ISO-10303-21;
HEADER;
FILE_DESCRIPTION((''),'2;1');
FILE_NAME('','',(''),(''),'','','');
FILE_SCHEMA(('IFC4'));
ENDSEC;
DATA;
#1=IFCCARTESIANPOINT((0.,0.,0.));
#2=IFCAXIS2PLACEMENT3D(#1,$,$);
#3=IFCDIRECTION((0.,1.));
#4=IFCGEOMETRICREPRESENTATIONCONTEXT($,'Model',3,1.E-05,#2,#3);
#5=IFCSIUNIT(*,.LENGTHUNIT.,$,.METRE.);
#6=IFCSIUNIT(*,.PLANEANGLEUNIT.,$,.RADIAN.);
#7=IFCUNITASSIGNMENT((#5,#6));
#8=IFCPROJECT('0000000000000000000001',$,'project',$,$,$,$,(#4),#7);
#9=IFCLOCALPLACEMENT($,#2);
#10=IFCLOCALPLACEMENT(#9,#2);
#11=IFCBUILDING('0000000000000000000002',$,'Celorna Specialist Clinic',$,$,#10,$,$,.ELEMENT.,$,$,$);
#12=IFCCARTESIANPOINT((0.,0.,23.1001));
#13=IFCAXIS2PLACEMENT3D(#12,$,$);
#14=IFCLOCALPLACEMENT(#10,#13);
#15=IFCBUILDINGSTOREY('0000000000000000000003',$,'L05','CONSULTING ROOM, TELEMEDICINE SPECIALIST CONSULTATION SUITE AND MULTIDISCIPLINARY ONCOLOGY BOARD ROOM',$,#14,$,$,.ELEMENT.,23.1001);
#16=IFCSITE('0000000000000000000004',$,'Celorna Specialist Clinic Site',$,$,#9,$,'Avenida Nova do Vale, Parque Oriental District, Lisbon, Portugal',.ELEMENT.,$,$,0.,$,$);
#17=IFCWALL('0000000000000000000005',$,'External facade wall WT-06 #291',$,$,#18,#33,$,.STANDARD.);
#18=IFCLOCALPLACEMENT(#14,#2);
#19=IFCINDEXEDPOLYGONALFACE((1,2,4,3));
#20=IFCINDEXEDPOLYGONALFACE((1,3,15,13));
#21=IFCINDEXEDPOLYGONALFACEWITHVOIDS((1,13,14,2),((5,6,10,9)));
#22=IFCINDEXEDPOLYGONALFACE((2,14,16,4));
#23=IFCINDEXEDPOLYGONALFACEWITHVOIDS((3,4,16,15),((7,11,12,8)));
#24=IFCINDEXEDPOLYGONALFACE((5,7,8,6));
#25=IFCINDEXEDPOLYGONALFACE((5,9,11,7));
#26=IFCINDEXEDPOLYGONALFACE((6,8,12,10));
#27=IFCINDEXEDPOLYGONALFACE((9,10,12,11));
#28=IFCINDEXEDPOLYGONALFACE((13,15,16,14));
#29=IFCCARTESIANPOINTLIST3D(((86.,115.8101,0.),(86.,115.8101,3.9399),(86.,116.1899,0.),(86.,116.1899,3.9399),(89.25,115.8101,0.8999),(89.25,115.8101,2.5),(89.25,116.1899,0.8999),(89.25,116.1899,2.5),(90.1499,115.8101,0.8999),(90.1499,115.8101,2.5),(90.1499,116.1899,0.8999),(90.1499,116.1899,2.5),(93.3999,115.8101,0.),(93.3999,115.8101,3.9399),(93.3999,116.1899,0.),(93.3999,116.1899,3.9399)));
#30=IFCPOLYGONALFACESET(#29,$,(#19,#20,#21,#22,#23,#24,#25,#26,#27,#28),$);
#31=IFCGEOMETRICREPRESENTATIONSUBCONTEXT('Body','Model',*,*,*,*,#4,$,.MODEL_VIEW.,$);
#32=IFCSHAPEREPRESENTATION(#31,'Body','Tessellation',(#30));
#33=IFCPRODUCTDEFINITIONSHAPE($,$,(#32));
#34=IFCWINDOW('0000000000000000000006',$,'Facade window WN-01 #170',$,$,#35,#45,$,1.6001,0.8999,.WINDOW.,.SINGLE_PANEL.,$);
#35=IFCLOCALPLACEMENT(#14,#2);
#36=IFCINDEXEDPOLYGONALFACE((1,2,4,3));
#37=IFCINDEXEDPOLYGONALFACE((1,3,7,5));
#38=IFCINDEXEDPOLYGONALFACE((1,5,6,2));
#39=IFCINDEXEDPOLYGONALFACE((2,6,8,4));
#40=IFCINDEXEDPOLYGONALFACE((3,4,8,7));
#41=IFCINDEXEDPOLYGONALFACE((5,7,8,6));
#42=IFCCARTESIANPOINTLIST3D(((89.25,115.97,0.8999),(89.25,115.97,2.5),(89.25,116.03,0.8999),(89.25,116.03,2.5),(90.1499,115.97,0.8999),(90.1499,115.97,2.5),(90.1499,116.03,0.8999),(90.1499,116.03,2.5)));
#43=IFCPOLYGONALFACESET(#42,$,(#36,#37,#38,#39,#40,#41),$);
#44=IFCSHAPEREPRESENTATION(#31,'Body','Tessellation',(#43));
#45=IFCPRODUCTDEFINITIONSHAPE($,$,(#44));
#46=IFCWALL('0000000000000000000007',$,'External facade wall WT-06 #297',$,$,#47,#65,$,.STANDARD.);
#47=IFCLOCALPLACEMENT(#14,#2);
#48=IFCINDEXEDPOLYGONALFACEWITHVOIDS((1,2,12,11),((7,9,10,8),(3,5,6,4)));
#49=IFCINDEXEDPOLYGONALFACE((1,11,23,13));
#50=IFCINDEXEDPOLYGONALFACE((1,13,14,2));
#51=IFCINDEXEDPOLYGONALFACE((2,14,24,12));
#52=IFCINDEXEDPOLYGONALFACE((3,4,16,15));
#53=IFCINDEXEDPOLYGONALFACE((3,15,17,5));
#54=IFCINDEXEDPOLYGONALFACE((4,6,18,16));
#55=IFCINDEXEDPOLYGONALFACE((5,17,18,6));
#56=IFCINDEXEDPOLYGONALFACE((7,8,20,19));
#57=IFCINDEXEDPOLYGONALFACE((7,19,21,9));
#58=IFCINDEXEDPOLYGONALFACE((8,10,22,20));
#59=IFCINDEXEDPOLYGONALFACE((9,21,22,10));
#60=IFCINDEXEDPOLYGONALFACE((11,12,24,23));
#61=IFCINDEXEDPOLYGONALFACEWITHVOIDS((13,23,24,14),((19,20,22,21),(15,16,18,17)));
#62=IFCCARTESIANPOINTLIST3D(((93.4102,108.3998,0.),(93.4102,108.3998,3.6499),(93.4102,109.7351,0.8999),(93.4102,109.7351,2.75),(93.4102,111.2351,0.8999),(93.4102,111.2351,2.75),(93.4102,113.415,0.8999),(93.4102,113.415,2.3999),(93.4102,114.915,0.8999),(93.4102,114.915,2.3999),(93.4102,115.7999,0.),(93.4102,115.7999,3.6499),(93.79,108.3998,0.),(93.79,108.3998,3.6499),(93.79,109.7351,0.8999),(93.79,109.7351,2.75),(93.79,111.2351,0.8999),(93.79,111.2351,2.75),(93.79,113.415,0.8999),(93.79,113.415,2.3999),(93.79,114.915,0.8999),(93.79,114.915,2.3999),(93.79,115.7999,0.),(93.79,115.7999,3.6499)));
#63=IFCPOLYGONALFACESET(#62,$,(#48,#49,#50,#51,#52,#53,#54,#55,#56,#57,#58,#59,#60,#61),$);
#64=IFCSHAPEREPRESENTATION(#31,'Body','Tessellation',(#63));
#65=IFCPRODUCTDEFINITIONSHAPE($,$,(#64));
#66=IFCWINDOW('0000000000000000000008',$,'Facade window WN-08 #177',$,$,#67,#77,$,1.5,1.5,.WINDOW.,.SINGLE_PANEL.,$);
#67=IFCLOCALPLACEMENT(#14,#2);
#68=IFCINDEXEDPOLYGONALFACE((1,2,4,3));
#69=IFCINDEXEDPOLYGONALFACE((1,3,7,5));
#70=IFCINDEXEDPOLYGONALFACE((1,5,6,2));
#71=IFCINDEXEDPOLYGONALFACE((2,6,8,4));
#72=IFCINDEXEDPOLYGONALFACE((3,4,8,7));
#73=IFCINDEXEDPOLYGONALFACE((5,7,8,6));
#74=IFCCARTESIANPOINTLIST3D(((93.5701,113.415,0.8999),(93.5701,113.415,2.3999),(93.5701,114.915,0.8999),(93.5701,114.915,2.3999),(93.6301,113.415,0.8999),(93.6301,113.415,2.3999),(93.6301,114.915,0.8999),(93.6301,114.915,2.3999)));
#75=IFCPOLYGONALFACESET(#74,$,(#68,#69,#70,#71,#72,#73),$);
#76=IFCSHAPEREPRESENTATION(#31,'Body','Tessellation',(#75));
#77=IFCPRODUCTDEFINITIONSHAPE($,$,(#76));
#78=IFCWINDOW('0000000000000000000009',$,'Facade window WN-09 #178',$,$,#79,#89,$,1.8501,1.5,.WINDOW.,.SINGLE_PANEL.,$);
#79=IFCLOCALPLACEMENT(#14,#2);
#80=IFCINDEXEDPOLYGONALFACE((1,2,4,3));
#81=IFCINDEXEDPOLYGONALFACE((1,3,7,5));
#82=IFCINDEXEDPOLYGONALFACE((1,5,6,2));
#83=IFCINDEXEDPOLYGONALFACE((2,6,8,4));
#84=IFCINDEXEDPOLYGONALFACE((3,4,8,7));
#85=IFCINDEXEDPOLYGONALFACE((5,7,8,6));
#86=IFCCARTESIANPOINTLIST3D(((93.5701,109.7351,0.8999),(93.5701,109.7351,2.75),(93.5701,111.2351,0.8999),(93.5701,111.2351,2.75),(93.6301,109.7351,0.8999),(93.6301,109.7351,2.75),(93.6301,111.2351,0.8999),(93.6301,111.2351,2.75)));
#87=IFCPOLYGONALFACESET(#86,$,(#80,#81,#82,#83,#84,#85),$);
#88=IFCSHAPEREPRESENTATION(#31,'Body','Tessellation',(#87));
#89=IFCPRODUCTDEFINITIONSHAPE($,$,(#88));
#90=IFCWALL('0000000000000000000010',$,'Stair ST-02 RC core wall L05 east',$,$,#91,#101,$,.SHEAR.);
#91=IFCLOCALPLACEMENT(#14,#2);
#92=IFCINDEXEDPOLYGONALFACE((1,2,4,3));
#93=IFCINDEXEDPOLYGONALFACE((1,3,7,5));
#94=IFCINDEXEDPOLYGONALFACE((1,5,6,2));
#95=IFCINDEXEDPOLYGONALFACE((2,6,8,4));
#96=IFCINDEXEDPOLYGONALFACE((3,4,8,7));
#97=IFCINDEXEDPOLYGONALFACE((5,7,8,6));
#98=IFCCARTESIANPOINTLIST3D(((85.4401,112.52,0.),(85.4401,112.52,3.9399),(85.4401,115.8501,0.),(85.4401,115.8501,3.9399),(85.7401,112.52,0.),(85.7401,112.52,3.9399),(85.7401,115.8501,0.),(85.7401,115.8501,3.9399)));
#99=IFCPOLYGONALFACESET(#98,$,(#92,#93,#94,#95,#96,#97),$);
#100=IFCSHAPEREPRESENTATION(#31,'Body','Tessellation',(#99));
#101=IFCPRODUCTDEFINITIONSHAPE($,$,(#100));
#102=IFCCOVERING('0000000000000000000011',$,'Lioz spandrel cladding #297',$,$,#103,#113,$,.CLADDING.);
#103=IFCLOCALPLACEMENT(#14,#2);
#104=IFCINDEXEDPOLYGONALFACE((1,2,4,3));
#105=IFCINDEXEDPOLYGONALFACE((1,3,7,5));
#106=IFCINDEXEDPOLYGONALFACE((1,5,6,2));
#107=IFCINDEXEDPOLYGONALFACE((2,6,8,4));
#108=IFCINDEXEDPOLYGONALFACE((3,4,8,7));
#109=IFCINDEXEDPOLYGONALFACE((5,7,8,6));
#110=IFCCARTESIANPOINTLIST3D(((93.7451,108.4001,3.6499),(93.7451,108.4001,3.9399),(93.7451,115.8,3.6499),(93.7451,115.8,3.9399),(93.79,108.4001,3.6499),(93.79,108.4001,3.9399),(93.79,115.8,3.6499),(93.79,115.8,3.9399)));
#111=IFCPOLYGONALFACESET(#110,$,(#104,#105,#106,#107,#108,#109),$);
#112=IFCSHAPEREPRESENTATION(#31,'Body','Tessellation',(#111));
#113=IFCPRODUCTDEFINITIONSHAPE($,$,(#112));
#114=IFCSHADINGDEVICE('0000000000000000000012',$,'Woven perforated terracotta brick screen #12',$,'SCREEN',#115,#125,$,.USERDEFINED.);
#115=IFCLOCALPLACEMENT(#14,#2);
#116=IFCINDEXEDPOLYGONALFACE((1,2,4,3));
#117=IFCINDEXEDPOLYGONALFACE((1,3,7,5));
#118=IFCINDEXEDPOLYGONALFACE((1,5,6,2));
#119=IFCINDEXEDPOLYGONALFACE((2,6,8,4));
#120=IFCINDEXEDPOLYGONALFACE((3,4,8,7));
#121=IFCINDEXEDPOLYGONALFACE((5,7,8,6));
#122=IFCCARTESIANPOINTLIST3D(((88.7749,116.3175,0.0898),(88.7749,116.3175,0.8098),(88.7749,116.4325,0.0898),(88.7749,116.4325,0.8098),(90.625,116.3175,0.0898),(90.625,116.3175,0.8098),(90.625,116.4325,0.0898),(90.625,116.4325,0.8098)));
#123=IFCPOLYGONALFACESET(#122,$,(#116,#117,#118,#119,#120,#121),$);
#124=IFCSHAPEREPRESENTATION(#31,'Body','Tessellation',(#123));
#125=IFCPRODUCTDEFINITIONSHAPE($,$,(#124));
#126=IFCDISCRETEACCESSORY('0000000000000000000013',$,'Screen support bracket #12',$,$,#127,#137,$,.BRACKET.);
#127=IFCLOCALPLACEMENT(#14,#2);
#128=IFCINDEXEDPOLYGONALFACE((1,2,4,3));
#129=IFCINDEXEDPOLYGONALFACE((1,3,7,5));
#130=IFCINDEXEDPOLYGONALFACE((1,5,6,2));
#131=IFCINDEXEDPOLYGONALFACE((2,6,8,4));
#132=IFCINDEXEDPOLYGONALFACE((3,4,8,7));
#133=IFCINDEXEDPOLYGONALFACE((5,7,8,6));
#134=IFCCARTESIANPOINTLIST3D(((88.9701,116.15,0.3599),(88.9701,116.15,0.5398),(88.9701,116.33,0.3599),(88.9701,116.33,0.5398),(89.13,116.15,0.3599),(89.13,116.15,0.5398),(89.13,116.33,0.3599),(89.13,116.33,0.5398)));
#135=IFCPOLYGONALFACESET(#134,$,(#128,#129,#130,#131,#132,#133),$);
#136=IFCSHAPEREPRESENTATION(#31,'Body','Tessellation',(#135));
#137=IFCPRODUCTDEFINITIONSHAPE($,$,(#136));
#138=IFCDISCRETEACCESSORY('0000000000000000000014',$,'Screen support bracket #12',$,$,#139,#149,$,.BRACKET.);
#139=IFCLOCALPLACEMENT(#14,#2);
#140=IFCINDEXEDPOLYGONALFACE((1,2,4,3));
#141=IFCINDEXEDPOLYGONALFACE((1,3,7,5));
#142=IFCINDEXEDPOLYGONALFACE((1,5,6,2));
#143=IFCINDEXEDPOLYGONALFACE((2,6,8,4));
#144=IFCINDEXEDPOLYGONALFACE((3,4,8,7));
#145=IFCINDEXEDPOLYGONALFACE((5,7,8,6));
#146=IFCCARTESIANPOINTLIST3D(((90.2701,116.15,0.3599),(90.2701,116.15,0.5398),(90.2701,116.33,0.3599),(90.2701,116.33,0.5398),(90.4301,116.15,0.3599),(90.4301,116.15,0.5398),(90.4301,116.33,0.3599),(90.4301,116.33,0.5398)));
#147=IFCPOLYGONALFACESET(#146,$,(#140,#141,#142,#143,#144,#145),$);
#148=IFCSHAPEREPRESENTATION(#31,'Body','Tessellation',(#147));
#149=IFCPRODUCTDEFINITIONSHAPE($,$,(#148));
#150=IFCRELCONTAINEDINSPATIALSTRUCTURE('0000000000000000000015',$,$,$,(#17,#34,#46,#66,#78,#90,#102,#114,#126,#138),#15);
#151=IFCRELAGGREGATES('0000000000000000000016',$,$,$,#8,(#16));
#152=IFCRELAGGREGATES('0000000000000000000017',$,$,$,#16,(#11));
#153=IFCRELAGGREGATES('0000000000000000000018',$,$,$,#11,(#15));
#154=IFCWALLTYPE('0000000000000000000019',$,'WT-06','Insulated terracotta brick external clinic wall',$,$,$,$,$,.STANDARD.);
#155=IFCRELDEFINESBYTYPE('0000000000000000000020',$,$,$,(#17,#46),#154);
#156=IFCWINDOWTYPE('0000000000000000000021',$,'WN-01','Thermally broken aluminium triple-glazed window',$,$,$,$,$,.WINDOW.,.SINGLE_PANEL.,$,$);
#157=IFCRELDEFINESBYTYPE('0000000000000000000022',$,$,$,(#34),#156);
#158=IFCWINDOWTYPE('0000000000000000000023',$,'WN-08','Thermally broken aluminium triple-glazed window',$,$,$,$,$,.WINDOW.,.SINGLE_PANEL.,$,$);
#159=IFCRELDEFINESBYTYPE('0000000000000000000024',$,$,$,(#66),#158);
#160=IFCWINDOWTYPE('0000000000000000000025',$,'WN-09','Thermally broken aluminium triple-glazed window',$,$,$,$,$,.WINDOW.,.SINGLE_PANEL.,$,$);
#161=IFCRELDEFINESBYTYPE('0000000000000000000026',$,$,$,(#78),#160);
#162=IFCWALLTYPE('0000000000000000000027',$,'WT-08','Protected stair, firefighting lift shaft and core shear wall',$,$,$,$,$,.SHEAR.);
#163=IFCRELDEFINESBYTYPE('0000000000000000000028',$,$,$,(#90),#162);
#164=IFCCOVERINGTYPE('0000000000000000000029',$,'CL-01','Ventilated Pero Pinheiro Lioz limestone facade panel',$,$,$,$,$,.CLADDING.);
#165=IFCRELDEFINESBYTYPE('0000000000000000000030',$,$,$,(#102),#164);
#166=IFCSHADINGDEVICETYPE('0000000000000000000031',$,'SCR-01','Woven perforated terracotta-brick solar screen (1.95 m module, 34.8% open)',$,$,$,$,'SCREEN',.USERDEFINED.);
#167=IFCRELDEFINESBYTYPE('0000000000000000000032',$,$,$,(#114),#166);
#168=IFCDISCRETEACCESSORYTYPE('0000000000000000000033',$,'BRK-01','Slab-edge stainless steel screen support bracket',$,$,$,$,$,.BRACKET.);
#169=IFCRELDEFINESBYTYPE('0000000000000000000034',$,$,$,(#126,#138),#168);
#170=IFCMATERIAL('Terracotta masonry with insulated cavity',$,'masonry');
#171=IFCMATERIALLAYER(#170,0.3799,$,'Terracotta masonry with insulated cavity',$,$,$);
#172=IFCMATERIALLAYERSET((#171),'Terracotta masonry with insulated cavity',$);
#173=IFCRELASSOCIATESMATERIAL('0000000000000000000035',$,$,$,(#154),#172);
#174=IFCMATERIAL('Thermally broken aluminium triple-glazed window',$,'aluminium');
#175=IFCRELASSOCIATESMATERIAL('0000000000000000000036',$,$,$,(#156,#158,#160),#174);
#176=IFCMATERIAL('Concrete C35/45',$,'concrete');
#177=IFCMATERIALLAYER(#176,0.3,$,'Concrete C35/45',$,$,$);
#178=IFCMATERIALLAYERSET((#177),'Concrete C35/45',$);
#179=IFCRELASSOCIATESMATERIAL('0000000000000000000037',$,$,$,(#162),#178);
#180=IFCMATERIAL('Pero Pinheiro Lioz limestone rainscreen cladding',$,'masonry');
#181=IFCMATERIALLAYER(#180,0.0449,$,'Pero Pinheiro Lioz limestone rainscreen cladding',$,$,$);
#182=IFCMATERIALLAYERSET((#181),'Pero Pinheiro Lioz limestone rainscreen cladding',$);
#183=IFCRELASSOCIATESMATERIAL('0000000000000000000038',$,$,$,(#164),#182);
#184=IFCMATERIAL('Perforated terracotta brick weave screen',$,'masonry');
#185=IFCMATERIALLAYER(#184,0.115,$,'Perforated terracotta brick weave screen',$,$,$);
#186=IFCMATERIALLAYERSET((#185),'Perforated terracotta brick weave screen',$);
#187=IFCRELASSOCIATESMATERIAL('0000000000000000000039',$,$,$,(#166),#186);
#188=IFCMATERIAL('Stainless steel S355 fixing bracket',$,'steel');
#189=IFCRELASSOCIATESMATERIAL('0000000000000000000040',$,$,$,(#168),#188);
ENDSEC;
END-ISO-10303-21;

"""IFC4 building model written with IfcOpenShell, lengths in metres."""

from ifc_helpers import new_model, si_unit, direction, frame, frame_2d, origin, origin_2d, place, context, subcontext, project, spatial, rectangle, extrude, material, layer, layer_set, type_object, element, fill, save


model = new_model("IFC4")

# Units and contexts
model_context = context("Model", 3, precision=1e-05, world=origin(), true_north=direction((0.0, 1.0)))
body_context = subcontext(model_context, "Body", "Model", "MODEL_VIEW")
ifc_project = project(units=[si_unit("LENGTHUNIT", "METRE"), si_unit("PLANEANGLEUNIT", "RADIAN")], contexts=[model_context])

# Site, building, storey
site_placement = place(None, origin())
site = spatial("IfcSite", under=ifc_project, at=site_placement, Name="Celorna Specialist Clinic Site", LongName="Avenida Nova do Vale, Parque Oriental District, Lisbon, Portugal", CompositionType="ELEMENT", RefElevation=0.0)
building_placement = place(site_placement, origin())
building = spatial("IfcBuilding", under=site, at=building_placement, Name="Celorna Specialist Clinic", CompositionType="ELEMENT")
storey_placement = place(building_placement, frame((0.0, 0.0, 23.1001)))
storey = spatial("IfcBuildingStorey", under=building, at=storey_placement, Name="L05", Description="CONSULTING ROOM, TELEMEDICINE SPECIALIST CONSULTATION SUITE AND MULTIDISCIPLINARY ONCOLOGY BOARD ROOM", CompositionType="ELEMENT", Elevation=23.1001)

# Shared definitions
ifc_material_1 = material(Name="Concrete C35/45", Category="concrete")

# Wall, opening, window
ifc_material_2 = material(Name="Terracotta masonry with insulated cavity", Category="masonry")
ifc_layer_1 = layer(ifc_material_2, 0.3799, Name="Terracotta masonry with insulated cavity")
ifc_layer_set_1 = layer_set([ifc_layer_1], Name="Terracotta masonry with insulated cavity")
wall_type_1 = type_object("IfcWallType", Name="WT-06", Description="Insulated terracotta brick external clinic wall", PredefinedType="STANDARD", material=ifc_layer_set_1)
wall_1_placement = place(storey_placement, frame((86.0, 116.0, 0.0), z_axis=(0.0, 0.0, 1.0), x_axis=(1.0, 0.0, 0.0)))
wall_1 = element("IfcWall", 1, at=wall_1_placement, inside=storey, type_object=wall_type_1, Name="External facade wall WT-06 #291", PredefinedType="STANDARD", context=body_context, shape_type="SweptSolid", body=[
    extrude(rectangle(XDim=7.3999, YDim=0.3799, at=frame_2d((3.7, 0.0))), origin(), (0.0, 0.0, 1.0), 3.9399),
])
opening_1_placement = place(wall_1_placement, frame((3.25, 0.0, 0.8999)))
opening_1 = element("IfcOpeningElement", 2, at=opening_1_placement, cuts=wall_1, PredefinedType="OPENING", context=body_context, shape_type="SweptSolid", body=[
    extrude(rectangle(XDim=0.8999, YDim=1.6001, at=frame_2d((0.45, 0.8))), frame((0.0, 0.2, 0.0), z_axis=(0.0, -1.0, 0.0), x_axis=(1.0, 0.0, 0.0)), (0.0, 0.0, 1.0), 0.3999),
])
ifc_material_3 = material(Name="Thermally broken aluminium triple-glazed window", Category="aluminium")
window_type_1 = type_object("IfcWindowType", Name="WN-01", Description="Thermally broken aluminium triple-glazed window", PartitioningType="SINGLE_PANEL", PredefinedType="WINDOW", material=ifc_material_3)
window_1_placement = place(opening_1_placement, origin())
window_1 = element("IfcWindow", 3, at=window_1_placement, inside=storey, type_object=window_type_1, Name="Facade window WN-01 #170", OverallHeight=1.6001, OverallWidth=0.8999, PartitioningType="SINGLE_PANEL", PredefinedType="WINDOW", context=body_context, shape_type="SweptSolid", body=[
    extrude(rectangle(XDim=0.8999, YDim=1.6001, at=frame_2d((0.45, 0.8))), frame((0.0, 0.03, 0.0), z_axis=(0.0, -1.0, 0.0), x_axis=(1.0, 0.0, 0.0)), (0.0, 0.0, 1.0), 0.0601),
])
fill(opening_1, window_1)

# Wall, openings, windows
wall_2_placement = place(storey_placement, frame((93.6001, 115.8, 0.0), z_axis=(0.0, 0.0, 1.0), x_axis=(0.0, -1.0, 0.0)))
wall_2 = element("IfcWall", 4, at=wall_2_placement, inside=storey, type_object=wall_type_1, Name="External facade wall WT-06 #297", PredefinedType="STANDARD", context=body_context, shape_type="SweptSolid", body=[
    extrude(rectangle(XDim=7.4001, YDim=0.3799, at=frame_2d((3.7002, 0.0))), origin(), (0.0, 0.0, 1.0), 3.6499),
])
opening_2_placement = place(wall_2_placement, frame((0.885, 0.0, 0.8999)))
opening_2 = element("IfcOpeningElement", 5, at=opening_2_placement, cuts=wall_2, PredefinedType="OPENING", context=body_context, shape_type="SweptSolid", body=[
    extrude(rectangle(XDim=1.5, YDim=1.5, at=frame_2d((0.75, 0.75))), frame((0.0, 0.2, 0.0), z_axis=(0.0, -1.0, 0.0), x_axis=(1.0, 0.0, 0.0)), (0.0, 0.0, 1.0), 0.3999),
])
opening_3_placement = place(wall_2_placement, frame((4.5649, 0.0, 0.8999)))
opening_3 = element("IfcOpeningElement", 6, at=opening_3_placement, cuts=wall_2, PredefinedType="OPENING", context=body_context, shape_type="SweptSolid", body=[
    extrude(rectangle(XDim=1.5, YDim=1.8501, at=frame_2d((0.75, 0.925))), frame((0.0, 0.2, 0.0), z_axis=(0.0, -1.0, 0.0), x_axis=(1.0, 0.0, 0.0)), (0.0, 0.0, 1.0), 0.3999),
])
window_type_2 = type_object("IfcWindowType", Name="WN-08", Description="Thermally broken aluminium triple-glazed window", PartitioningType="SINGLE_PANEL", PredefinedType="WINDOW", material=ifc_material_3)
window_2_placement = place(opening_2_placement, origin())
window_2 = element("IfcWindow", 7, at=window_2_placement, inside=storey, type_object=window_type_2, Name="Facade window WN-08 #177", OverallHeight=1.5, OverallWidth=1.5, PartitioningType="SINGLE_PANEL", PredefinedType="WINDOW", context=body_context, shape_type="SweptSolid", body=[
    extrude(rectangle(XDim=1.5, YDim=1.5, at=frame_2d((0.75, 0.75))), frame((0.0, 0.03, 0.0), z_axis=(0.0, -1.0, 0.0), x_axis=(1.0, 0.0, 0.0)), (0.0, 0.0, 1.0), 0.0601),
])
fill(opening_2, window_2)
window_type_3 = type_object("IfcWindowType", Name="WN-09", Description="Thermally broken aluminium triple-glazed window", PartitioningType="SINGLE_PANEL", PredefinedType="WINDOW", material=ifc_material_3)
window_3_placement = place(opening_3_placement, origin())
window_3 = element("IfcWindow", 8, at=window_3_placement, inside=storey, type_object=window_type_3, Name="Facade window WN-09 #178", OverallHeight=1.8501, OverallWidth=1.5, PartitioningType="SINGLE_PANEL", PredefinedType="WINDOW", context=body_context, shape_type="SweptSolid", body=[
    extrude(rectangle(XDim=1.5, YDim=1.8501, at=frame_2d((0.75, 0.925))), frame((0.0, 0.03, 0.0), z_axis=(0.0, -1.0, 0.0), x_axis=(1.0, 0.0, 0.0)), (0.0, 0.0, 1.0), 0.0601),
])
fill(opening_3, window_3)

# Wall
ifc_layer_2 = layer(ifc_material_1, 0.3, Name="Concrete C35/45")
ifc_layer_set_2 = layer_set([ifc_layer_2], Name="Concrete C35/45")
wall_type_2 = type_object("IfcWallType", Name="WT-08", Description="Protected stair, firefighting lift shaft and core shear wall", PredefinedType="SHEAR", material=ifc_layer_set_2)
wall_3_placement = place(storey_placement, frame((85.5901, 112.52, 0.0), z_axis=(0.0, 0.0, 1.0), x_axis=(0.0, 1.0, 0.0)))
element("IfcWall", 9, at=wall_3_placement, inside=storey, type_object=wall_type_2, Name="Stair ST-02 RC core wall L05 east", PredefinedType="SHEAR", context=body_context, shape_type="SweptSolid", body=[
    extrude(rectangle(XDim=3.3301, YDim=0.3, at=frame_2d((1.665, 0.0))), origin(), (0.0, 0.0, 1.0), 3.9399),
])

# Covering
ifc_material_4 = material(Name="Pero Pinheiro Lioz limestone rainscreen cladding", Category="masonry")
ifc_layer_3 = layer(ifc_material_4, 0.0449, Name="Pero Pinheiro Lioz limestone rainscreen cladding")
ifc_layer_set_3 = layer_set([ifc_layer_3], Name="Pero Pinheiro Lioz limestone rainscreen cladding")
covering_type = type_object("IfcCoveringType", Name="CL-01", Description="Ventilated Pero Pinheiro Lioz limestone facade panel", PredefinedType="CLADDING", material=ifc_layer_set_3)
covering_placement = place(storey_placement, frame((93.7676, 112.1001, 3.6499), z_axis=(0.0, 0.0, 1.0), x_axis=(0.0, -1.0, 0.0)))
element("IfcCovering", 10, at=covering_placement, inside=storey, type_object=covering_type, Name="Lioz spandrel cladding #297", PredefinedType="CLADDING", context=body_context, shape_type="SweptSolid", body=[
    extrude(rectangle(XDim=7.3999, YDim=0.0449, at=origin_2d()), origin(), (0.0, 0.0, 1.0), 0.29),
])

# Shading device
ifc_material_5 = material(Name="Perforated terracotta brick weave screen", Category="masonry")
ifc_layer_4 = layer(ifc_material_5, 0.115, Name="Perforated terracotta brick weave screen")
ifc_layer_set_4 = layer_set([ifc_layer_4], Name="Perforated terracotta brick weave screen")
shading_device_type = type_object("IfcShadingDeviceType", Name="SCR-01", Description="Woven perforated terracotta-brick solar screen (1.95 m module, 34.8% open)", ElementType="SCREEN", PredefinedType="USERDEFINED", material=ifc_layer_set_4)
shading_device_placement = place(storey_placement, frame((89.7, 116.375, 0.0898), z_axis=(0.0, 0.0, 1.0), x_axis=(1.0, 0.0, 0.0)))
element("IfcShadingDevice", 11, at=shading_device_placement, inside=storey, type_object=shading_device_type, Name="Woven perforated terracotta brick screen #12", ObjectType="SCREEN", PredefinedType="USERDEFINED", context=body_context, shape_type="SweptSolid", body=[
    extrude(rectangle(XDim=1.8501, YDim=0.115, at=origin_2d()), origin(), (0.0, 0.0, 1.0), 0.72),
])

# Discrete accessories
ifc_material_6 = material(Name="Stainless steel S355 fixing bracket", Category="steel")
discrete_accessory_type = type_object("IfcDiscreteAccessoryType", Name="BRK-01", Description="Slab-edge stainless steel screen support bracket", PredefinedType="BRACKET", material=ifc_material_6)
for number, where, z_axis, x_axis, name in (
    (12, (89.05, 116.24, 0.3599), (0.0, 0.0, 1.0), (1.0, 0.0, 0.0), "Screen support bracket #12"),
    (13, (90.3501, 116.24, 0.3599), (0.0, 0.0, 1.0), (1.0, 0.0, 0.0), "Screen support bracket #12"),
):
    element("IfcDiscreteAccessory", number, at=place(storey_placement, frame(where, z_axis=z_axis, x_axis=x_axis)), inside=storey, type_object=discrete_accessory_type, Name=name, PredefinedType="BRACKET", context=body_context, shape_type="SweptSolid", body=[
        extrude(rectangle(XDim=0.1599, YDim=0.1799, at=origin_2d()), origin(), (0.0, 0.0, 1.0), 0.1799),
    ])

save(model, "model.ifc")
